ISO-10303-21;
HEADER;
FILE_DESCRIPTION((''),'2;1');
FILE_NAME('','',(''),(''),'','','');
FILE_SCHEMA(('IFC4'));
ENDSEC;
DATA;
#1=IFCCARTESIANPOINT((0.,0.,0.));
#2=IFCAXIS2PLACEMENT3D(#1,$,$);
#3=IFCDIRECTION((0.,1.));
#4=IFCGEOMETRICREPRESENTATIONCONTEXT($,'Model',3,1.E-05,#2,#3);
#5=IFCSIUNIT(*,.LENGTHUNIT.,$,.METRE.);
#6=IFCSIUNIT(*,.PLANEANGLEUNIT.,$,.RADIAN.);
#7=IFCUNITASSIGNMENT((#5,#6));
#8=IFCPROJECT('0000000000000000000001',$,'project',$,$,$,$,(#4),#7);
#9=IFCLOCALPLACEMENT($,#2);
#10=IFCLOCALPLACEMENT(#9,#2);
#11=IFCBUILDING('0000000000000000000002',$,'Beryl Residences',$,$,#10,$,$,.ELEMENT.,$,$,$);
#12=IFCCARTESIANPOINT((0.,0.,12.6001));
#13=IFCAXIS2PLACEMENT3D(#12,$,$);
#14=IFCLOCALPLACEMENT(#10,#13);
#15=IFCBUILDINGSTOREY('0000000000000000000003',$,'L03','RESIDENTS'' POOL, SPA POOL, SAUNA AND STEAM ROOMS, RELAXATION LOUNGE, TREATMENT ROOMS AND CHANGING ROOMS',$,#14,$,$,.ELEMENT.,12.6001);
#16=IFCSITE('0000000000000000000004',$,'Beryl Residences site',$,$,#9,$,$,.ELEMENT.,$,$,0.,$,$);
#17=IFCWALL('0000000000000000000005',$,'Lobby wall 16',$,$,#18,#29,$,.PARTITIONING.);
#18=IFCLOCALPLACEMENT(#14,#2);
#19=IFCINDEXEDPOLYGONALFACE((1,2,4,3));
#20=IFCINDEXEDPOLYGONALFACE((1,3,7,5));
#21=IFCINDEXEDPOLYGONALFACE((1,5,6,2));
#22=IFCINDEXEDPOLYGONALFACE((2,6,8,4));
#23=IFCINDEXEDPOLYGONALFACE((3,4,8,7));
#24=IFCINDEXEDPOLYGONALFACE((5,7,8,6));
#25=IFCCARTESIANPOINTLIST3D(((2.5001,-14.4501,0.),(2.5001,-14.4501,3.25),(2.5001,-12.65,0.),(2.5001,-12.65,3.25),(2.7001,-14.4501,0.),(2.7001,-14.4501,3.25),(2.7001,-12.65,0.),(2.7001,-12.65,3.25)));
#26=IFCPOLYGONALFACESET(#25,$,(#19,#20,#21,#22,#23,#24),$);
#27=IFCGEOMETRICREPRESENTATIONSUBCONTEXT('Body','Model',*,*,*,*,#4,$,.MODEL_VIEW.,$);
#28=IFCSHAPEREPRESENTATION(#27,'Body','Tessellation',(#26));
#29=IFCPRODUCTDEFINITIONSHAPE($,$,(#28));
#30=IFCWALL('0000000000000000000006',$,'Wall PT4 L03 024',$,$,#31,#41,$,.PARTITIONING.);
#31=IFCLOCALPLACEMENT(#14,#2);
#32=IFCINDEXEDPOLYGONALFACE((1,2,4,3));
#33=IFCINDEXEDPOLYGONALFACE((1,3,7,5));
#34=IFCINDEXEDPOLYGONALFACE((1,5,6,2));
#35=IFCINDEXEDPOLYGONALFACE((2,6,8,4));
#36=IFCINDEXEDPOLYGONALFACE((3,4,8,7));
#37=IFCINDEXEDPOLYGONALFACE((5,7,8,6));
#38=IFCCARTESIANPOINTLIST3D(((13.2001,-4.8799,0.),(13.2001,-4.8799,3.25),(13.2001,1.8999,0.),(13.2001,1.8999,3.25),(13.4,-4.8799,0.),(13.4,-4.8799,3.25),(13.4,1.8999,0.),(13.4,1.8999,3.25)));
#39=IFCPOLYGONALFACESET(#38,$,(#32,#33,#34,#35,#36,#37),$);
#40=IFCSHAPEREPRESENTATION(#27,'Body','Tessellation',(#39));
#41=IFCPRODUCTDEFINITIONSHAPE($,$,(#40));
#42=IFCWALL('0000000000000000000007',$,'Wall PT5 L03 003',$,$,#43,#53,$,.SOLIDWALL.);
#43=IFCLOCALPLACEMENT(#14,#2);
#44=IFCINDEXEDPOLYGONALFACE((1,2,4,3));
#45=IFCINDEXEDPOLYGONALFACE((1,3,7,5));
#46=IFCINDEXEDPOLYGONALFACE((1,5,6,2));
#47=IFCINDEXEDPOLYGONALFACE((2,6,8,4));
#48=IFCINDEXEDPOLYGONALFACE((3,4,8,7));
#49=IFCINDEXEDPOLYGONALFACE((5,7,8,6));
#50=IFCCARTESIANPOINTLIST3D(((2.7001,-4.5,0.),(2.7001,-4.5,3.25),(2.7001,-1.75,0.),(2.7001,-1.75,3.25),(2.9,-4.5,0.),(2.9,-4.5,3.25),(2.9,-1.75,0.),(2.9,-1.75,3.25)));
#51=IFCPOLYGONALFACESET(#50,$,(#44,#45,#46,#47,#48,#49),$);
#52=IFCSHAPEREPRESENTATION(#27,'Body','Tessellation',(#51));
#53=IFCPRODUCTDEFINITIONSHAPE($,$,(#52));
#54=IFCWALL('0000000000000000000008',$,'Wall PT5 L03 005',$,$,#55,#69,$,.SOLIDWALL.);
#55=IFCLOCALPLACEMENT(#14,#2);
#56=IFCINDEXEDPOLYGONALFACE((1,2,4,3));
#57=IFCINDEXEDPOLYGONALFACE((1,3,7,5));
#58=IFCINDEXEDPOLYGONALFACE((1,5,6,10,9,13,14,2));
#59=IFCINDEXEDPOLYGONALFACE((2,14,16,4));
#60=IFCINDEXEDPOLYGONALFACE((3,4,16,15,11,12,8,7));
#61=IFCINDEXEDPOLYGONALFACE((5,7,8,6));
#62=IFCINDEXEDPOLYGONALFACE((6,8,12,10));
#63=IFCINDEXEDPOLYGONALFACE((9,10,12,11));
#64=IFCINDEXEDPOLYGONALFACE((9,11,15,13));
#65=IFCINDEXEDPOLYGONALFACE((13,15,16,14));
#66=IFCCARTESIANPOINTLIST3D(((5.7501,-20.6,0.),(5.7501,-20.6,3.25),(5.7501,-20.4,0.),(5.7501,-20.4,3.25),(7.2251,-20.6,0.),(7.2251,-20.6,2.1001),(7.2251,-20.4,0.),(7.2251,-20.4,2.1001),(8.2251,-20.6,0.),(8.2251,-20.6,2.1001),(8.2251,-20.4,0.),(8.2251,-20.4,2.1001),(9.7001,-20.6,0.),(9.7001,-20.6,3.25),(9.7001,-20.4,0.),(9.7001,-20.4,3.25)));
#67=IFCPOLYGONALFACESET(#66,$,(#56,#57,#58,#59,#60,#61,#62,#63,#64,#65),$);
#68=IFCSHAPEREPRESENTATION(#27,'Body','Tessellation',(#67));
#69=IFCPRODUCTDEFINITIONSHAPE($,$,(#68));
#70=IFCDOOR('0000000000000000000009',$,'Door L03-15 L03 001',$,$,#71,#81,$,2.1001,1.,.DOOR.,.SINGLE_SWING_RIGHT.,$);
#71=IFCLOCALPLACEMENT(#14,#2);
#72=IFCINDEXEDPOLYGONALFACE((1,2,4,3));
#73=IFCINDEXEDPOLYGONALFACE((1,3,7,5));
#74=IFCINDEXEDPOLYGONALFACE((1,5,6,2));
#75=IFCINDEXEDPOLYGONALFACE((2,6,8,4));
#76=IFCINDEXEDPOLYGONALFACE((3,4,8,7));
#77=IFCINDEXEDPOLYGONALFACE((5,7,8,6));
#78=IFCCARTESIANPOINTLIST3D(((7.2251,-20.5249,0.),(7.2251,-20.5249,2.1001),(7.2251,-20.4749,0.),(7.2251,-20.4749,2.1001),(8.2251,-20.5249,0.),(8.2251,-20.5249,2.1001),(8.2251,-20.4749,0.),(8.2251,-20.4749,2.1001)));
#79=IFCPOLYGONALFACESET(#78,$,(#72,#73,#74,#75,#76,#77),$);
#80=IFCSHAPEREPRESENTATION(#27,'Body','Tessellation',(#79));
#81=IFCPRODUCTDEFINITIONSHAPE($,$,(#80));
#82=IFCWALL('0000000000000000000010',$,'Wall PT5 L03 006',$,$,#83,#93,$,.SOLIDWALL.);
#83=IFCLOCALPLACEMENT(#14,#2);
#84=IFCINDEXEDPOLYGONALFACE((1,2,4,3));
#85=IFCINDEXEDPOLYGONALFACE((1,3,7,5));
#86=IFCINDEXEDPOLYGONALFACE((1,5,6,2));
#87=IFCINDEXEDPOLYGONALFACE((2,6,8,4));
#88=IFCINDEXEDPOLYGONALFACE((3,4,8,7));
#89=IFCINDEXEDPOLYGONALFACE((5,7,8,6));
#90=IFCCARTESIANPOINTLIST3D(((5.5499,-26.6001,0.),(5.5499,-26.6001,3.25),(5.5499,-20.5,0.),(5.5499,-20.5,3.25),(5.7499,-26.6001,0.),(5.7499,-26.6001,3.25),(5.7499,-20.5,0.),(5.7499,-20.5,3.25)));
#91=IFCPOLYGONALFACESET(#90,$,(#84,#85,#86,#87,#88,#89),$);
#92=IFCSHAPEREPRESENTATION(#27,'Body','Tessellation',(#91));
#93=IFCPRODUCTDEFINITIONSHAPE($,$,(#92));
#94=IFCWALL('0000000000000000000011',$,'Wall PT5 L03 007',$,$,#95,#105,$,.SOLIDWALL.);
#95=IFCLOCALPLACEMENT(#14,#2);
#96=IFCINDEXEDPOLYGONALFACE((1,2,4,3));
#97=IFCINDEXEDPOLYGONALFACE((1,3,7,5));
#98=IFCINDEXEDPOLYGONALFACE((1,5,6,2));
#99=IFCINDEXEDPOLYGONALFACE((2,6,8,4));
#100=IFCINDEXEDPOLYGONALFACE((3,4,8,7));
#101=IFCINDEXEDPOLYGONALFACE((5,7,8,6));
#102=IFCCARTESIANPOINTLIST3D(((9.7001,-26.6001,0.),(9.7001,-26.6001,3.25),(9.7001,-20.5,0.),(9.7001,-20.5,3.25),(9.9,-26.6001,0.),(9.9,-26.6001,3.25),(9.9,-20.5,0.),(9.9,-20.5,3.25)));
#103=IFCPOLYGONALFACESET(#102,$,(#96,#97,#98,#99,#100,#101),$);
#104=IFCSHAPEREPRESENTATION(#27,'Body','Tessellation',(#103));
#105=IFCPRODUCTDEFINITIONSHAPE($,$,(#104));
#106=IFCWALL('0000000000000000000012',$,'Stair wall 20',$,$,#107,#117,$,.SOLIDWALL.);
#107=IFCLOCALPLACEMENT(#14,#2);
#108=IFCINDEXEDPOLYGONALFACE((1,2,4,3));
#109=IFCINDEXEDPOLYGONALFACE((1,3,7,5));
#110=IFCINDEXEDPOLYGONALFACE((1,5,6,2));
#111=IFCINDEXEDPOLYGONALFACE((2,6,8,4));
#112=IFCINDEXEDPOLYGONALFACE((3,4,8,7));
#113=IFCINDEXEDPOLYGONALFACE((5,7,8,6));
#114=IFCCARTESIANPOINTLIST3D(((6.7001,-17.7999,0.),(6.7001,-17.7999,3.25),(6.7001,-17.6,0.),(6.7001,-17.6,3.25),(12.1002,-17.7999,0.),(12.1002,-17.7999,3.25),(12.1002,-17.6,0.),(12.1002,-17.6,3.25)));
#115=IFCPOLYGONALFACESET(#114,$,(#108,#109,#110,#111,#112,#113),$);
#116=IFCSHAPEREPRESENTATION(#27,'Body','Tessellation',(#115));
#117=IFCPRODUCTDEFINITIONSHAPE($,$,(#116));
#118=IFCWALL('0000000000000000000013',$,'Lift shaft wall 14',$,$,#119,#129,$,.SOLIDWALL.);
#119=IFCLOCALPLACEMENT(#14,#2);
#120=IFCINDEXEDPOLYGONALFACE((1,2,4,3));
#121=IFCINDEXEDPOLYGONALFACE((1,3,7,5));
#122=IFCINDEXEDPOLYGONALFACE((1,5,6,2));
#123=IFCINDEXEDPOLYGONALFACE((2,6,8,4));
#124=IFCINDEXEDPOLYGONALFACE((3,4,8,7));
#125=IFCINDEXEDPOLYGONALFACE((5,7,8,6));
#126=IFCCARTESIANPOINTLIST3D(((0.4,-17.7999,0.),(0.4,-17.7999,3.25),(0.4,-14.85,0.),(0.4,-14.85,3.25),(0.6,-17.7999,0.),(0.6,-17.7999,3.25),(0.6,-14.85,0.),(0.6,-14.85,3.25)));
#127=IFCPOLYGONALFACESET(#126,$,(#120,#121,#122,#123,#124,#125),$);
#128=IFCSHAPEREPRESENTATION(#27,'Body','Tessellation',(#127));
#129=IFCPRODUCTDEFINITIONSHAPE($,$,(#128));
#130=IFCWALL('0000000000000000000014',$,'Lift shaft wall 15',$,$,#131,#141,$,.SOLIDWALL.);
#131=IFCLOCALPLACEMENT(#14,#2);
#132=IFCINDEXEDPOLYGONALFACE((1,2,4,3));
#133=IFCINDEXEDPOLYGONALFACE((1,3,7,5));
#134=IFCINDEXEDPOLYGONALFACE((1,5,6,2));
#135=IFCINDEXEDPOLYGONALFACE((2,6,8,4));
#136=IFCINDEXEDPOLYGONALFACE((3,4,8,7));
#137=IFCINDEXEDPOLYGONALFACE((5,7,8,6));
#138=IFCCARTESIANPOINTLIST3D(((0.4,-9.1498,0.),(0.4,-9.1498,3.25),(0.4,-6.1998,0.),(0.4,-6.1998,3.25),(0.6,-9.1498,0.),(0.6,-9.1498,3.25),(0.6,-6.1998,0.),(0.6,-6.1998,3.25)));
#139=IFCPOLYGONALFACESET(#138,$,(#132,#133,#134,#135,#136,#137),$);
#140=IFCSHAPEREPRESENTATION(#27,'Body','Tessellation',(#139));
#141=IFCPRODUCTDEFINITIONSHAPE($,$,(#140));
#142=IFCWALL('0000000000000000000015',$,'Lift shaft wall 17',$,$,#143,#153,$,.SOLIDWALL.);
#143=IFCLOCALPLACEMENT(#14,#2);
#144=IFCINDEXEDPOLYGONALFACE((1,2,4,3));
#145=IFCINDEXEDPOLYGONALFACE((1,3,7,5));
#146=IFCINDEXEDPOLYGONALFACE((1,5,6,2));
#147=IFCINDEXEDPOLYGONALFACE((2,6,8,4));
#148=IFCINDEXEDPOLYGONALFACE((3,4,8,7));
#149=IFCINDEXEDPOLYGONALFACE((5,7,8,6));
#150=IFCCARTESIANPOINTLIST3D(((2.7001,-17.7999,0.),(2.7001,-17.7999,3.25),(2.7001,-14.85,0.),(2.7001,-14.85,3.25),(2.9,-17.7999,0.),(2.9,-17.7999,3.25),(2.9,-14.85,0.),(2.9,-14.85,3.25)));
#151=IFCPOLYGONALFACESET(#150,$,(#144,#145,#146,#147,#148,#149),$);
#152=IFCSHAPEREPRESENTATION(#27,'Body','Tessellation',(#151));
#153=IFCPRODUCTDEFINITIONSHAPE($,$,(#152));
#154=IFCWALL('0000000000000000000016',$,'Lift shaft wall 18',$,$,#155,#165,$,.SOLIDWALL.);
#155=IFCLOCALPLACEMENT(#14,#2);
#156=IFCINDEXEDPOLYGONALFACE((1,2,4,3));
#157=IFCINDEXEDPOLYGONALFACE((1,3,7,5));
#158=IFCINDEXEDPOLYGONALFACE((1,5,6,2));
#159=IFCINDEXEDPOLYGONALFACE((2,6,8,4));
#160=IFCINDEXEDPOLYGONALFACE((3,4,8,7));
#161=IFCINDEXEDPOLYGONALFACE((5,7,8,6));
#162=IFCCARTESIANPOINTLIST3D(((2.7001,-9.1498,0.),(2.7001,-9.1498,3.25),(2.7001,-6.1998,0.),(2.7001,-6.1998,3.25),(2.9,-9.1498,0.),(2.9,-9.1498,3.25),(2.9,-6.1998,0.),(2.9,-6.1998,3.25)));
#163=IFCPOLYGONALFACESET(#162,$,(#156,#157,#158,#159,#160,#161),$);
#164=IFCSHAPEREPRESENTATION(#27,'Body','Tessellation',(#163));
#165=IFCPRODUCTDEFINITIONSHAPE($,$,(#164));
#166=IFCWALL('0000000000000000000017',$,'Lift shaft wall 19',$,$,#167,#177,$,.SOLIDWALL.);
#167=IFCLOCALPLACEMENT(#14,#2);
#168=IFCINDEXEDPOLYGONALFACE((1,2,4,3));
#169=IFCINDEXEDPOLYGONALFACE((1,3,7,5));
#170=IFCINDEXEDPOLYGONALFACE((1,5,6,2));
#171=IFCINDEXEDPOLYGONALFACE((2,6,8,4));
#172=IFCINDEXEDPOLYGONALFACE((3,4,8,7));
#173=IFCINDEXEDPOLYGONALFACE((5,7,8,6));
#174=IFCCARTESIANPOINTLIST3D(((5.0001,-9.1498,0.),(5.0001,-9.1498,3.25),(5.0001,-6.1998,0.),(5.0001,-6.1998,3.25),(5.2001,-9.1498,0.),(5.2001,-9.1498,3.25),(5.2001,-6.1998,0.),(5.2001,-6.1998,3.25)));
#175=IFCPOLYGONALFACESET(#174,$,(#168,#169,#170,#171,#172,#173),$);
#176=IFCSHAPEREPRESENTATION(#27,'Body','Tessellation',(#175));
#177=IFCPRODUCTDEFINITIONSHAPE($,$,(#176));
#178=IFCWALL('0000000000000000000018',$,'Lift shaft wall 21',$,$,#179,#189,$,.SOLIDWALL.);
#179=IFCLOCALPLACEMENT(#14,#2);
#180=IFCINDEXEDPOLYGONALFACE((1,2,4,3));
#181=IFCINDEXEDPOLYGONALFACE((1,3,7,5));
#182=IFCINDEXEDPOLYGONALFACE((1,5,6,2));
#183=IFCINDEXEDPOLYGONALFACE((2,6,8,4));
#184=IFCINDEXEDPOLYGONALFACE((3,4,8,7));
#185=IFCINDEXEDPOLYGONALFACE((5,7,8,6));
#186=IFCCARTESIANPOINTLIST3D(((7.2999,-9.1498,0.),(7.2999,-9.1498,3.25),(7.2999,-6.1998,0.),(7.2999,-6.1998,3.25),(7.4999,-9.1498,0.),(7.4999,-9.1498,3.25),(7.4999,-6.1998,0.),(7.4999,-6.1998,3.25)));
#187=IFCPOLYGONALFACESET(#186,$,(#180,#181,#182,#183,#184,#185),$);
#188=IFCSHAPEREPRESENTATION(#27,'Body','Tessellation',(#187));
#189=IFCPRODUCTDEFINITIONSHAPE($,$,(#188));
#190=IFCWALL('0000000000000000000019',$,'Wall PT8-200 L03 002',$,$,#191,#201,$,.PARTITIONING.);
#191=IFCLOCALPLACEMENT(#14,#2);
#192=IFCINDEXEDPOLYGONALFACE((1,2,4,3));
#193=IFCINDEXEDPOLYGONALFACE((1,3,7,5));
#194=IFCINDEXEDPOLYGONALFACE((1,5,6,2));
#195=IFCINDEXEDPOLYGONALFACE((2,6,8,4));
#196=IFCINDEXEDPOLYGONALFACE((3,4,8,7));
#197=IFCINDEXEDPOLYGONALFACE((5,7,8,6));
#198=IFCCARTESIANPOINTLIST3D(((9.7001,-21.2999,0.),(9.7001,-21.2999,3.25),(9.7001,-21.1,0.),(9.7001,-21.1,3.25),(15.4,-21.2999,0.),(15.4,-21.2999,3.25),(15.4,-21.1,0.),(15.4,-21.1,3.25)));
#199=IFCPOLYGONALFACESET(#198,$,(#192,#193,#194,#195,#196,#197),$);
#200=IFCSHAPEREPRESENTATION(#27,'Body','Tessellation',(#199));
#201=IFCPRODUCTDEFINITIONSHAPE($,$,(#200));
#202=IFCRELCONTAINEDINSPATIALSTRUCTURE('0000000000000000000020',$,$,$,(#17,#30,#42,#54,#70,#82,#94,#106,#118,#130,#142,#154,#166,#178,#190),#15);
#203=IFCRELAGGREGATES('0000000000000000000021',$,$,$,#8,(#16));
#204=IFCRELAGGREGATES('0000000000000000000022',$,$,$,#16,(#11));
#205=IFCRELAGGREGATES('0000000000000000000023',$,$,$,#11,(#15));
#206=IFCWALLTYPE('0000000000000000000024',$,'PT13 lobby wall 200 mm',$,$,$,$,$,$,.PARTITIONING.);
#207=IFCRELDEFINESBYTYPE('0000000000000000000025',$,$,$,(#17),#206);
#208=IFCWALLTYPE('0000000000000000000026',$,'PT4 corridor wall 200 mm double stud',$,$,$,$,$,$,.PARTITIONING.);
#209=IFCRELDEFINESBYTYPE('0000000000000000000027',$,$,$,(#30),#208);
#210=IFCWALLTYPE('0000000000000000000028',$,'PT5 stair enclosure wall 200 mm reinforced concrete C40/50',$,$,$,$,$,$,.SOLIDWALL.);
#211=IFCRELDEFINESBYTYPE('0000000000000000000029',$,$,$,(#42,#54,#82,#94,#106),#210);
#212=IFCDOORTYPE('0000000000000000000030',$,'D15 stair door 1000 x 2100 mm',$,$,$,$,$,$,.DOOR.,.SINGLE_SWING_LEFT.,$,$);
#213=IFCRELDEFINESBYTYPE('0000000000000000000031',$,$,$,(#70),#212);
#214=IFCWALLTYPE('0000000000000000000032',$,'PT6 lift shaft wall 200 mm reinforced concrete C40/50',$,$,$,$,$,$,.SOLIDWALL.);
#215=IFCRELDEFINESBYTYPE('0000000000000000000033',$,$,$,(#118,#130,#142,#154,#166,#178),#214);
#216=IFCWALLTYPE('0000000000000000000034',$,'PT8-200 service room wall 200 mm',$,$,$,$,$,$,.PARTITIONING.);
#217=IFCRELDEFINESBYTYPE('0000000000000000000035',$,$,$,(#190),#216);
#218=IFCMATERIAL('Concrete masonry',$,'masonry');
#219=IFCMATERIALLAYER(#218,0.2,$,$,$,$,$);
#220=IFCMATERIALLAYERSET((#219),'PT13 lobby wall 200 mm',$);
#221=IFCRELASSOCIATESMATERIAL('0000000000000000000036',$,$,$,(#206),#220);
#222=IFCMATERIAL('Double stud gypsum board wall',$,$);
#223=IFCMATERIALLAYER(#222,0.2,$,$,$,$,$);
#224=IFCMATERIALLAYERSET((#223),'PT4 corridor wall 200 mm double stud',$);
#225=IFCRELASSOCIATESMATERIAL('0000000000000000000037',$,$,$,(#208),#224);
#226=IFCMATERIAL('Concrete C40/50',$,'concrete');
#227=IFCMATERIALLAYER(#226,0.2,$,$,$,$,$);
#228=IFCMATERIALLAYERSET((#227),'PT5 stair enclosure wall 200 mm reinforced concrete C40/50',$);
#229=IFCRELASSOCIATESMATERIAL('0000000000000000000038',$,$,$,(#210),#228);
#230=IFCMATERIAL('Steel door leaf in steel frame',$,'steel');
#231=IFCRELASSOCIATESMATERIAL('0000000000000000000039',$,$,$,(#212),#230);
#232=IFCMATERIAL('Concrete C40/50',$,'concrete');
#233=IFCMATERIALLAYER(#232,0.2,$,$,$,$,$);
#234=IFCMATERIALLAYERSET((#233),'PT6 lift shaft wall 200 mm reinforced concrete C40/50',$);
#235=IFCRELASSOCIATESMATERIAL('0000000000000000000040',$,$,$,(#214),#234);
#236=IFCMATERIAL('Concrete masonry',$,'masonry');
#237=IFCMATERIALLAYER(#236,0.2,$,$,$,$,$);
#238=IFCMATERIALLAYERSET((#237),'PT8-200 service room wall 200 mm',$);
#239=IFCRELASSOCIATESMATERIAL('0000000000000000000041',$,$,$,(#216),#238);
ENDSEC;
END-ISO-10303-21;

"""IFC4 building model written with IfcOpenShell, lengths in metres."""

from ifc_helpers import new_model, si_unit, direction, frame, frame_2d, origin, place, context, subcontext, project, spatial, rectangle, extrude, material, layer, layer_set, type_object, element, fill, save


model = new_model("IFC4")

# Units and contexts
model_context = context("Model", 3, precision=1e-05, world=origin(), true_north=direction((0.0, 1.0)))
body_context = subcontext(model_context, "Body", "Model", "MODEL_VIEW")
ifc_project = project(units=[si_unit("LENGTHUNIT", "METRE"), si_unit("PLANEANGLEUNIT", "RADIAN")], contexts=[model_context])

# Site, building, storey
site_placement = place(None, origin())
site = spatial("IfcSite", under=ifc_project, at=site_placement, Name="Beryl Residences site", CompositionType="ELEMENT", RefElevation=0.0)
building_placement = place(site_placement, origin())
building = spatial("IfcBuilding", under=site, at=building_placement, Name="Beryl Residences", CompositionType="ELEMENT")
storey_placement = place(building_placement, frame((0.0, 0.0, 12.6001)))
storey = spatial("IfcBuildingStorey", under=building, at=storey_placement, Name="L03", Description="RESIDENTS' POOL, SPA POOL, SAUNA AND STEAM ROOMS, RELAXATION LOUNGE, TREATMENT ROOMS AND CHANGING ROOMS", CompositionType="ELEMENT", Elevation=12.6001)

# Walls
ifc_material_1 = material(Name="Concrete masonry", Category="masonry")
ifc_layer_1 = layer(ifc_material_1, 0.2)
ifc_layer_set_1 = layer_set([ifc_layer_1], Name="PT13 lobby wall 200 mm")
wall_type_1 = type_object("IfcWallType", Name="PT13 lobby wall 200 mm", PredefinedType="PARTITIONING", material=ifc_layer_set_1)
wall_1_placement = place(storey_placement, frame((2.6001, -14.45, 0.0), z_axis=(0.0, 0.0, 1.0), x_axis=(0.0, 1.0, 0.0)))
element("IfcWall", 1, at=wall_1_placement, inside=storey, type_object=wall_type_1, Name="Lobby wall 16", PredefinedType="PARTITIONING", context=body_context, shape_type="SweptSolid", body=[
    extrude(rectangle(XDim=1.8, YDim=0.2, at=frame_2d((0.8999, 0.0))), origin(), (0.0, 0.0, 1.0), 3.25),
])
ifc_material_2 = material(Name="Double stud gypsum board wall")
ifc_layer_2 = layer(ifc_material_2, 0.2)
ifc_layer_set_2 = layer_set([ifc_layer_2], Name="PT4 corridor wall 200 mm double stud")
wall_type_2 = type_object("IfcWallType", Name="PT4 corridor wall 200 mm double stud", PredefinedType="PARTITIONING", material=ifc_layer_set_2)
wall_2_placement = place(storey_placement, frame((13.3, -4.8799, 0.0), z_axis=(0.0, 0.0, 1.0), x_axis=(0.0, 1.0, 0.0)))
element("IfcWall", 2, at=wall_2_placement, inside=storey, type_object=wall_type_2, Name="Wall PT4 L03 024", PredefinedType="PARTITIONING", context=body_context, shape_type="SweptSolid", body=[
    extrude(rectangle(XDim=6.7798, YDim=0.2, at=frame_2d((3.3899, 0.0))), origin(), (0.0, 0.0, 1.0), 3.25),
])
ifc_material_3 = material(Name="Concrete C40/50", Category="concrete")
ifc_layer_3 = layer(ifc_material_3, 0.2)
ifc_layer_set_3 = layer_set([ifc_layer_3], Name="PT5 stair enclosure wall 200 mm reinforced concrete C40/50")
wall_type_3 = type_object("IfcWallType", Name="PT5 stair enclosure wall 200 mm reinforced concrete C40/50", PredefinedType="SOLIDWALL", material=ifc_layer_set_3)
wall_3_placement = place(storey_placement, frame((2.8, -4.5, 0.0), z_axis=(0.0, 0.0, 1.0), x_axis=(0.0, 1.0, 0.0)))
element("IfcWall", 3, at=wall_3_placement, inside=storey, type_object=wall_type_3, Name="Wall PT5 L03 003", PredefinedType="SOLIDWALL", context=body_context, shape_type="SweptSolid", body=[
    extrude(rectangle(XDim=2.75, YDim=0.2, at=frame_2d((1.375, 0.0))), origin(), (0.0, 0.0, 1.0), 3.25),
])

# Wall, opening, door
wall_4_placement = place(storey_placement, frame((5.75, -20.5, 0.0), z_axis=(0.0, 0.0, 1.0), x_axis=(1.0, 0.0, 0.0)))
wall_4 = element("IfcWall", 4, at=wall_4_placement, inside=storey, type_object=wall_type_3, Name="Wall PT5 L03 005", PredefinedType="SOLIDWALL", context=body_context, shape_type="SweptSolid", body=[
    extrude(rectangle(XDim=3.95, YDim=0.2, at=frame_2d((1.9751, 0.0))), origin(), (0.0, 0.0, 1.0), 3.25),
])
opening_placement = place(wall_4_placement, frame((2.4751, 0.0, 0.0), z_axis=(0.0, 0.0, 1.0), x_axis=(-1.0, 0.0, 0.0)))
opening = element("IfcOpeningElement", 5, at=opening_placement, cuts=wall_4, PredefinedType="OPENING", context=body_context, shape_type="SweptSolid", body=[
    extrude(rectangle(XDim=1.0, YDim=2.1001, at=frame_2d((0.5, 1.05))), frame((0.0, 0.1099, 0.0), z_axis=(0.0, -1.0, 0.0), x_axis=(1.0, 0.0, 0.0)), (0.0, 0.0, 1.0), 0.22),
])
ifc_material_4 = material(Name="Steel door leaf in steel frame", Category="steel")
door_type = type_object("IfcDoorType", Name="D15 stair door 1000 x 2100 mm", OperationType="SINGLE_SWING_LEFT", PredefinedType="DOOR", material=ifc_material_4)
door_placement = place(opening_placement, origin())
door = element("IfcDoor", 6, at=door_placement, inside=storey, type_object=door_type, Name="Door L03-15 L03 001", OperationType="SINGLE_SWING_RIGHT", OverallHeight=2.1001, OverallWidth=1.0, PredefinedType="DOOR", context=body_context, shape_type="SweptSolid", body=[
    extrude(rectangle(XDim=1.0, YDim=2.1001, at=frame_2d((0.5, 1.05))), frame((0.0, 0.0249, 0.0), z_axis=(0.0, -1.0, 0.0), x_axis=(1.0, 0.0, 0.0)), (0.0, 0.0, 1.0), 0.05),
])
fill(opening, door)

# Walls
for number, where, z_axis, x_axis, name in (
    (7, (5.6499, -26.6001, 0.0), (0.0, 0.0, 1.0), (0.0, 1.0, 0.0), "Wall PT5 L03 006"),
    (8, (9.8, -26.6001, 0.0), (0.0, 0.0, 1.0), (0.0, 1.0, 0.0), "Wall PT5 L03 007"),
):
    element("IfcWall", number, at=place(storey_placement, frame(where, z_axis=z_axis, x_axis=x_axis)), inside=storey, type_object=wall_type_3, Name=name, PredefinedType="SOLIDWALL", context=body_context, shape_type="SweptSolid", body=[
        extrude(rectangle(XDim=6.1001, YDim=0.2, at=frame_2d((3.05, 0.0))), origin(), (0.0, 0.0, 1.0), 3.25),
    ])
wall_5_placement = place(storey_placement, frame((6.7, -17.7, 0.0), z_axis=(0.0, 0.0, 1.0), x_axis=(1.0, 0.0, 0.0)))
element("IfcWall", 9, at=wall_5_placement, inside=storey, type_object=wall_type_3, Name="Stair wall 20", PredefinedType="SOLIDWALL", context=body_context, shape_type="SweptSolid", body=[
    extrude(rectangle(XDim=5.4001, YDim=0.2, at=frame_2d((2.7002, 0.0))), origin(), (0.0, 0.0, 1.0), 3.25),
])
ifc_material_5 = material(Name="Concrete C40/50", Category="concrete")
ifc_layer_4 = layer(ifc_material_5, 0.2)
ifc_layer_set_4 = layer_set([ifc_layer_4], Name="PT6 lift shaft wall 200 mm reinforced concrete C40/50")
wall_type_4 = type_object("IfcWallType", Name="PT6 lift shaft wall 200 mm reinforced concrete C40/50", PredefinedType="SOLIDWALL", material=ifc_layer_set_4)
for number, where, z_axis, x_axis, name in (
    (10, (0.5, -17.8, 0.0), (0.0, 0.0, 1.0), (0.0, 1.0, 0.0), "Lift shaft wall 14"),
    (11, (0.5, -9.1499, 0.0), (0.0, 0.0, 1.0), (0.0, 1.0, 0.0), "Lift shaft wall 15"),
    (12, (2.8, -17.8, 0.0), (0.0, 0.0, 1.0), (0.0, 1.0, 0.0), "Lift shaft wall 17"),
    (13, (2.8, -9.1499, 0.0), (0.0, 0.0, 1.0), (0.0, 1.0, 0.0), "Lift shaft wall 18"),
    (14, (5.1001, -9.1499, 0.0), (0.0, 0.0, 1.0), (0.0, 1.0, 0.0), "Lift shaft wall 19"),
    (15, (7.3999, -9.1499, 0.0), (0.0, 0.0, 1.0), (0.0, 1.0, 0.0), "Lift shaft wall 21"),
):
    element("IfcWall", number, at=place(storey_placement, frame(where, z_axis=z_axis, x_axis=x_axis)), inside=storey, type_object=wall_type_4, Name=name, PredefinedType="SOLIDWALL", context=body_context, shape_type="SweptSolid", body=[
        extrude(rectangle(XDim=2.95, YDim=0.2, at=frame_2d((1.4751, 0.0))), origin(), (0.0, 0.0, 1.0), 3.25),
    ])
ifc_material_6 = material(Name="Concrete masonry", Category="masonry")
ifc_layer_5 = layer(ifc_material_6, 0.2)
ifc_layer_set_5 = layer_set([ifc_layer_5], Name="PT8-200 service room wall 200 mm")
wall_type_5 = type_object("IfcWallType", Name="PT8-200 service room wall 200 mm", PredefinedType="PARTITIONING", material=ifc_layer_set_5)
wall_6_placement = place(storey_placement, frame((9.7, -21.2, 0.0), z_axis=(0.0, 0.0, 1.0), x_axis=(1.0, 0.0, 0.0)))
element("IfcWall", 16, at=wall_6_placement, inside=storey, type_object=wall_type_5, Name="Wall PT8-200 L03 002", PredefinedType="PARTITIONING", context=body_context, shape_type="SweptSolid", body=[
    extrude(rectangle(XDim=5.7, YDim=0.2, at=frame_2d((2.8501, 0.0))), origin(), (0.0, 0.0, 1.0), 3.25),
])

save(model, "model.ifc")
